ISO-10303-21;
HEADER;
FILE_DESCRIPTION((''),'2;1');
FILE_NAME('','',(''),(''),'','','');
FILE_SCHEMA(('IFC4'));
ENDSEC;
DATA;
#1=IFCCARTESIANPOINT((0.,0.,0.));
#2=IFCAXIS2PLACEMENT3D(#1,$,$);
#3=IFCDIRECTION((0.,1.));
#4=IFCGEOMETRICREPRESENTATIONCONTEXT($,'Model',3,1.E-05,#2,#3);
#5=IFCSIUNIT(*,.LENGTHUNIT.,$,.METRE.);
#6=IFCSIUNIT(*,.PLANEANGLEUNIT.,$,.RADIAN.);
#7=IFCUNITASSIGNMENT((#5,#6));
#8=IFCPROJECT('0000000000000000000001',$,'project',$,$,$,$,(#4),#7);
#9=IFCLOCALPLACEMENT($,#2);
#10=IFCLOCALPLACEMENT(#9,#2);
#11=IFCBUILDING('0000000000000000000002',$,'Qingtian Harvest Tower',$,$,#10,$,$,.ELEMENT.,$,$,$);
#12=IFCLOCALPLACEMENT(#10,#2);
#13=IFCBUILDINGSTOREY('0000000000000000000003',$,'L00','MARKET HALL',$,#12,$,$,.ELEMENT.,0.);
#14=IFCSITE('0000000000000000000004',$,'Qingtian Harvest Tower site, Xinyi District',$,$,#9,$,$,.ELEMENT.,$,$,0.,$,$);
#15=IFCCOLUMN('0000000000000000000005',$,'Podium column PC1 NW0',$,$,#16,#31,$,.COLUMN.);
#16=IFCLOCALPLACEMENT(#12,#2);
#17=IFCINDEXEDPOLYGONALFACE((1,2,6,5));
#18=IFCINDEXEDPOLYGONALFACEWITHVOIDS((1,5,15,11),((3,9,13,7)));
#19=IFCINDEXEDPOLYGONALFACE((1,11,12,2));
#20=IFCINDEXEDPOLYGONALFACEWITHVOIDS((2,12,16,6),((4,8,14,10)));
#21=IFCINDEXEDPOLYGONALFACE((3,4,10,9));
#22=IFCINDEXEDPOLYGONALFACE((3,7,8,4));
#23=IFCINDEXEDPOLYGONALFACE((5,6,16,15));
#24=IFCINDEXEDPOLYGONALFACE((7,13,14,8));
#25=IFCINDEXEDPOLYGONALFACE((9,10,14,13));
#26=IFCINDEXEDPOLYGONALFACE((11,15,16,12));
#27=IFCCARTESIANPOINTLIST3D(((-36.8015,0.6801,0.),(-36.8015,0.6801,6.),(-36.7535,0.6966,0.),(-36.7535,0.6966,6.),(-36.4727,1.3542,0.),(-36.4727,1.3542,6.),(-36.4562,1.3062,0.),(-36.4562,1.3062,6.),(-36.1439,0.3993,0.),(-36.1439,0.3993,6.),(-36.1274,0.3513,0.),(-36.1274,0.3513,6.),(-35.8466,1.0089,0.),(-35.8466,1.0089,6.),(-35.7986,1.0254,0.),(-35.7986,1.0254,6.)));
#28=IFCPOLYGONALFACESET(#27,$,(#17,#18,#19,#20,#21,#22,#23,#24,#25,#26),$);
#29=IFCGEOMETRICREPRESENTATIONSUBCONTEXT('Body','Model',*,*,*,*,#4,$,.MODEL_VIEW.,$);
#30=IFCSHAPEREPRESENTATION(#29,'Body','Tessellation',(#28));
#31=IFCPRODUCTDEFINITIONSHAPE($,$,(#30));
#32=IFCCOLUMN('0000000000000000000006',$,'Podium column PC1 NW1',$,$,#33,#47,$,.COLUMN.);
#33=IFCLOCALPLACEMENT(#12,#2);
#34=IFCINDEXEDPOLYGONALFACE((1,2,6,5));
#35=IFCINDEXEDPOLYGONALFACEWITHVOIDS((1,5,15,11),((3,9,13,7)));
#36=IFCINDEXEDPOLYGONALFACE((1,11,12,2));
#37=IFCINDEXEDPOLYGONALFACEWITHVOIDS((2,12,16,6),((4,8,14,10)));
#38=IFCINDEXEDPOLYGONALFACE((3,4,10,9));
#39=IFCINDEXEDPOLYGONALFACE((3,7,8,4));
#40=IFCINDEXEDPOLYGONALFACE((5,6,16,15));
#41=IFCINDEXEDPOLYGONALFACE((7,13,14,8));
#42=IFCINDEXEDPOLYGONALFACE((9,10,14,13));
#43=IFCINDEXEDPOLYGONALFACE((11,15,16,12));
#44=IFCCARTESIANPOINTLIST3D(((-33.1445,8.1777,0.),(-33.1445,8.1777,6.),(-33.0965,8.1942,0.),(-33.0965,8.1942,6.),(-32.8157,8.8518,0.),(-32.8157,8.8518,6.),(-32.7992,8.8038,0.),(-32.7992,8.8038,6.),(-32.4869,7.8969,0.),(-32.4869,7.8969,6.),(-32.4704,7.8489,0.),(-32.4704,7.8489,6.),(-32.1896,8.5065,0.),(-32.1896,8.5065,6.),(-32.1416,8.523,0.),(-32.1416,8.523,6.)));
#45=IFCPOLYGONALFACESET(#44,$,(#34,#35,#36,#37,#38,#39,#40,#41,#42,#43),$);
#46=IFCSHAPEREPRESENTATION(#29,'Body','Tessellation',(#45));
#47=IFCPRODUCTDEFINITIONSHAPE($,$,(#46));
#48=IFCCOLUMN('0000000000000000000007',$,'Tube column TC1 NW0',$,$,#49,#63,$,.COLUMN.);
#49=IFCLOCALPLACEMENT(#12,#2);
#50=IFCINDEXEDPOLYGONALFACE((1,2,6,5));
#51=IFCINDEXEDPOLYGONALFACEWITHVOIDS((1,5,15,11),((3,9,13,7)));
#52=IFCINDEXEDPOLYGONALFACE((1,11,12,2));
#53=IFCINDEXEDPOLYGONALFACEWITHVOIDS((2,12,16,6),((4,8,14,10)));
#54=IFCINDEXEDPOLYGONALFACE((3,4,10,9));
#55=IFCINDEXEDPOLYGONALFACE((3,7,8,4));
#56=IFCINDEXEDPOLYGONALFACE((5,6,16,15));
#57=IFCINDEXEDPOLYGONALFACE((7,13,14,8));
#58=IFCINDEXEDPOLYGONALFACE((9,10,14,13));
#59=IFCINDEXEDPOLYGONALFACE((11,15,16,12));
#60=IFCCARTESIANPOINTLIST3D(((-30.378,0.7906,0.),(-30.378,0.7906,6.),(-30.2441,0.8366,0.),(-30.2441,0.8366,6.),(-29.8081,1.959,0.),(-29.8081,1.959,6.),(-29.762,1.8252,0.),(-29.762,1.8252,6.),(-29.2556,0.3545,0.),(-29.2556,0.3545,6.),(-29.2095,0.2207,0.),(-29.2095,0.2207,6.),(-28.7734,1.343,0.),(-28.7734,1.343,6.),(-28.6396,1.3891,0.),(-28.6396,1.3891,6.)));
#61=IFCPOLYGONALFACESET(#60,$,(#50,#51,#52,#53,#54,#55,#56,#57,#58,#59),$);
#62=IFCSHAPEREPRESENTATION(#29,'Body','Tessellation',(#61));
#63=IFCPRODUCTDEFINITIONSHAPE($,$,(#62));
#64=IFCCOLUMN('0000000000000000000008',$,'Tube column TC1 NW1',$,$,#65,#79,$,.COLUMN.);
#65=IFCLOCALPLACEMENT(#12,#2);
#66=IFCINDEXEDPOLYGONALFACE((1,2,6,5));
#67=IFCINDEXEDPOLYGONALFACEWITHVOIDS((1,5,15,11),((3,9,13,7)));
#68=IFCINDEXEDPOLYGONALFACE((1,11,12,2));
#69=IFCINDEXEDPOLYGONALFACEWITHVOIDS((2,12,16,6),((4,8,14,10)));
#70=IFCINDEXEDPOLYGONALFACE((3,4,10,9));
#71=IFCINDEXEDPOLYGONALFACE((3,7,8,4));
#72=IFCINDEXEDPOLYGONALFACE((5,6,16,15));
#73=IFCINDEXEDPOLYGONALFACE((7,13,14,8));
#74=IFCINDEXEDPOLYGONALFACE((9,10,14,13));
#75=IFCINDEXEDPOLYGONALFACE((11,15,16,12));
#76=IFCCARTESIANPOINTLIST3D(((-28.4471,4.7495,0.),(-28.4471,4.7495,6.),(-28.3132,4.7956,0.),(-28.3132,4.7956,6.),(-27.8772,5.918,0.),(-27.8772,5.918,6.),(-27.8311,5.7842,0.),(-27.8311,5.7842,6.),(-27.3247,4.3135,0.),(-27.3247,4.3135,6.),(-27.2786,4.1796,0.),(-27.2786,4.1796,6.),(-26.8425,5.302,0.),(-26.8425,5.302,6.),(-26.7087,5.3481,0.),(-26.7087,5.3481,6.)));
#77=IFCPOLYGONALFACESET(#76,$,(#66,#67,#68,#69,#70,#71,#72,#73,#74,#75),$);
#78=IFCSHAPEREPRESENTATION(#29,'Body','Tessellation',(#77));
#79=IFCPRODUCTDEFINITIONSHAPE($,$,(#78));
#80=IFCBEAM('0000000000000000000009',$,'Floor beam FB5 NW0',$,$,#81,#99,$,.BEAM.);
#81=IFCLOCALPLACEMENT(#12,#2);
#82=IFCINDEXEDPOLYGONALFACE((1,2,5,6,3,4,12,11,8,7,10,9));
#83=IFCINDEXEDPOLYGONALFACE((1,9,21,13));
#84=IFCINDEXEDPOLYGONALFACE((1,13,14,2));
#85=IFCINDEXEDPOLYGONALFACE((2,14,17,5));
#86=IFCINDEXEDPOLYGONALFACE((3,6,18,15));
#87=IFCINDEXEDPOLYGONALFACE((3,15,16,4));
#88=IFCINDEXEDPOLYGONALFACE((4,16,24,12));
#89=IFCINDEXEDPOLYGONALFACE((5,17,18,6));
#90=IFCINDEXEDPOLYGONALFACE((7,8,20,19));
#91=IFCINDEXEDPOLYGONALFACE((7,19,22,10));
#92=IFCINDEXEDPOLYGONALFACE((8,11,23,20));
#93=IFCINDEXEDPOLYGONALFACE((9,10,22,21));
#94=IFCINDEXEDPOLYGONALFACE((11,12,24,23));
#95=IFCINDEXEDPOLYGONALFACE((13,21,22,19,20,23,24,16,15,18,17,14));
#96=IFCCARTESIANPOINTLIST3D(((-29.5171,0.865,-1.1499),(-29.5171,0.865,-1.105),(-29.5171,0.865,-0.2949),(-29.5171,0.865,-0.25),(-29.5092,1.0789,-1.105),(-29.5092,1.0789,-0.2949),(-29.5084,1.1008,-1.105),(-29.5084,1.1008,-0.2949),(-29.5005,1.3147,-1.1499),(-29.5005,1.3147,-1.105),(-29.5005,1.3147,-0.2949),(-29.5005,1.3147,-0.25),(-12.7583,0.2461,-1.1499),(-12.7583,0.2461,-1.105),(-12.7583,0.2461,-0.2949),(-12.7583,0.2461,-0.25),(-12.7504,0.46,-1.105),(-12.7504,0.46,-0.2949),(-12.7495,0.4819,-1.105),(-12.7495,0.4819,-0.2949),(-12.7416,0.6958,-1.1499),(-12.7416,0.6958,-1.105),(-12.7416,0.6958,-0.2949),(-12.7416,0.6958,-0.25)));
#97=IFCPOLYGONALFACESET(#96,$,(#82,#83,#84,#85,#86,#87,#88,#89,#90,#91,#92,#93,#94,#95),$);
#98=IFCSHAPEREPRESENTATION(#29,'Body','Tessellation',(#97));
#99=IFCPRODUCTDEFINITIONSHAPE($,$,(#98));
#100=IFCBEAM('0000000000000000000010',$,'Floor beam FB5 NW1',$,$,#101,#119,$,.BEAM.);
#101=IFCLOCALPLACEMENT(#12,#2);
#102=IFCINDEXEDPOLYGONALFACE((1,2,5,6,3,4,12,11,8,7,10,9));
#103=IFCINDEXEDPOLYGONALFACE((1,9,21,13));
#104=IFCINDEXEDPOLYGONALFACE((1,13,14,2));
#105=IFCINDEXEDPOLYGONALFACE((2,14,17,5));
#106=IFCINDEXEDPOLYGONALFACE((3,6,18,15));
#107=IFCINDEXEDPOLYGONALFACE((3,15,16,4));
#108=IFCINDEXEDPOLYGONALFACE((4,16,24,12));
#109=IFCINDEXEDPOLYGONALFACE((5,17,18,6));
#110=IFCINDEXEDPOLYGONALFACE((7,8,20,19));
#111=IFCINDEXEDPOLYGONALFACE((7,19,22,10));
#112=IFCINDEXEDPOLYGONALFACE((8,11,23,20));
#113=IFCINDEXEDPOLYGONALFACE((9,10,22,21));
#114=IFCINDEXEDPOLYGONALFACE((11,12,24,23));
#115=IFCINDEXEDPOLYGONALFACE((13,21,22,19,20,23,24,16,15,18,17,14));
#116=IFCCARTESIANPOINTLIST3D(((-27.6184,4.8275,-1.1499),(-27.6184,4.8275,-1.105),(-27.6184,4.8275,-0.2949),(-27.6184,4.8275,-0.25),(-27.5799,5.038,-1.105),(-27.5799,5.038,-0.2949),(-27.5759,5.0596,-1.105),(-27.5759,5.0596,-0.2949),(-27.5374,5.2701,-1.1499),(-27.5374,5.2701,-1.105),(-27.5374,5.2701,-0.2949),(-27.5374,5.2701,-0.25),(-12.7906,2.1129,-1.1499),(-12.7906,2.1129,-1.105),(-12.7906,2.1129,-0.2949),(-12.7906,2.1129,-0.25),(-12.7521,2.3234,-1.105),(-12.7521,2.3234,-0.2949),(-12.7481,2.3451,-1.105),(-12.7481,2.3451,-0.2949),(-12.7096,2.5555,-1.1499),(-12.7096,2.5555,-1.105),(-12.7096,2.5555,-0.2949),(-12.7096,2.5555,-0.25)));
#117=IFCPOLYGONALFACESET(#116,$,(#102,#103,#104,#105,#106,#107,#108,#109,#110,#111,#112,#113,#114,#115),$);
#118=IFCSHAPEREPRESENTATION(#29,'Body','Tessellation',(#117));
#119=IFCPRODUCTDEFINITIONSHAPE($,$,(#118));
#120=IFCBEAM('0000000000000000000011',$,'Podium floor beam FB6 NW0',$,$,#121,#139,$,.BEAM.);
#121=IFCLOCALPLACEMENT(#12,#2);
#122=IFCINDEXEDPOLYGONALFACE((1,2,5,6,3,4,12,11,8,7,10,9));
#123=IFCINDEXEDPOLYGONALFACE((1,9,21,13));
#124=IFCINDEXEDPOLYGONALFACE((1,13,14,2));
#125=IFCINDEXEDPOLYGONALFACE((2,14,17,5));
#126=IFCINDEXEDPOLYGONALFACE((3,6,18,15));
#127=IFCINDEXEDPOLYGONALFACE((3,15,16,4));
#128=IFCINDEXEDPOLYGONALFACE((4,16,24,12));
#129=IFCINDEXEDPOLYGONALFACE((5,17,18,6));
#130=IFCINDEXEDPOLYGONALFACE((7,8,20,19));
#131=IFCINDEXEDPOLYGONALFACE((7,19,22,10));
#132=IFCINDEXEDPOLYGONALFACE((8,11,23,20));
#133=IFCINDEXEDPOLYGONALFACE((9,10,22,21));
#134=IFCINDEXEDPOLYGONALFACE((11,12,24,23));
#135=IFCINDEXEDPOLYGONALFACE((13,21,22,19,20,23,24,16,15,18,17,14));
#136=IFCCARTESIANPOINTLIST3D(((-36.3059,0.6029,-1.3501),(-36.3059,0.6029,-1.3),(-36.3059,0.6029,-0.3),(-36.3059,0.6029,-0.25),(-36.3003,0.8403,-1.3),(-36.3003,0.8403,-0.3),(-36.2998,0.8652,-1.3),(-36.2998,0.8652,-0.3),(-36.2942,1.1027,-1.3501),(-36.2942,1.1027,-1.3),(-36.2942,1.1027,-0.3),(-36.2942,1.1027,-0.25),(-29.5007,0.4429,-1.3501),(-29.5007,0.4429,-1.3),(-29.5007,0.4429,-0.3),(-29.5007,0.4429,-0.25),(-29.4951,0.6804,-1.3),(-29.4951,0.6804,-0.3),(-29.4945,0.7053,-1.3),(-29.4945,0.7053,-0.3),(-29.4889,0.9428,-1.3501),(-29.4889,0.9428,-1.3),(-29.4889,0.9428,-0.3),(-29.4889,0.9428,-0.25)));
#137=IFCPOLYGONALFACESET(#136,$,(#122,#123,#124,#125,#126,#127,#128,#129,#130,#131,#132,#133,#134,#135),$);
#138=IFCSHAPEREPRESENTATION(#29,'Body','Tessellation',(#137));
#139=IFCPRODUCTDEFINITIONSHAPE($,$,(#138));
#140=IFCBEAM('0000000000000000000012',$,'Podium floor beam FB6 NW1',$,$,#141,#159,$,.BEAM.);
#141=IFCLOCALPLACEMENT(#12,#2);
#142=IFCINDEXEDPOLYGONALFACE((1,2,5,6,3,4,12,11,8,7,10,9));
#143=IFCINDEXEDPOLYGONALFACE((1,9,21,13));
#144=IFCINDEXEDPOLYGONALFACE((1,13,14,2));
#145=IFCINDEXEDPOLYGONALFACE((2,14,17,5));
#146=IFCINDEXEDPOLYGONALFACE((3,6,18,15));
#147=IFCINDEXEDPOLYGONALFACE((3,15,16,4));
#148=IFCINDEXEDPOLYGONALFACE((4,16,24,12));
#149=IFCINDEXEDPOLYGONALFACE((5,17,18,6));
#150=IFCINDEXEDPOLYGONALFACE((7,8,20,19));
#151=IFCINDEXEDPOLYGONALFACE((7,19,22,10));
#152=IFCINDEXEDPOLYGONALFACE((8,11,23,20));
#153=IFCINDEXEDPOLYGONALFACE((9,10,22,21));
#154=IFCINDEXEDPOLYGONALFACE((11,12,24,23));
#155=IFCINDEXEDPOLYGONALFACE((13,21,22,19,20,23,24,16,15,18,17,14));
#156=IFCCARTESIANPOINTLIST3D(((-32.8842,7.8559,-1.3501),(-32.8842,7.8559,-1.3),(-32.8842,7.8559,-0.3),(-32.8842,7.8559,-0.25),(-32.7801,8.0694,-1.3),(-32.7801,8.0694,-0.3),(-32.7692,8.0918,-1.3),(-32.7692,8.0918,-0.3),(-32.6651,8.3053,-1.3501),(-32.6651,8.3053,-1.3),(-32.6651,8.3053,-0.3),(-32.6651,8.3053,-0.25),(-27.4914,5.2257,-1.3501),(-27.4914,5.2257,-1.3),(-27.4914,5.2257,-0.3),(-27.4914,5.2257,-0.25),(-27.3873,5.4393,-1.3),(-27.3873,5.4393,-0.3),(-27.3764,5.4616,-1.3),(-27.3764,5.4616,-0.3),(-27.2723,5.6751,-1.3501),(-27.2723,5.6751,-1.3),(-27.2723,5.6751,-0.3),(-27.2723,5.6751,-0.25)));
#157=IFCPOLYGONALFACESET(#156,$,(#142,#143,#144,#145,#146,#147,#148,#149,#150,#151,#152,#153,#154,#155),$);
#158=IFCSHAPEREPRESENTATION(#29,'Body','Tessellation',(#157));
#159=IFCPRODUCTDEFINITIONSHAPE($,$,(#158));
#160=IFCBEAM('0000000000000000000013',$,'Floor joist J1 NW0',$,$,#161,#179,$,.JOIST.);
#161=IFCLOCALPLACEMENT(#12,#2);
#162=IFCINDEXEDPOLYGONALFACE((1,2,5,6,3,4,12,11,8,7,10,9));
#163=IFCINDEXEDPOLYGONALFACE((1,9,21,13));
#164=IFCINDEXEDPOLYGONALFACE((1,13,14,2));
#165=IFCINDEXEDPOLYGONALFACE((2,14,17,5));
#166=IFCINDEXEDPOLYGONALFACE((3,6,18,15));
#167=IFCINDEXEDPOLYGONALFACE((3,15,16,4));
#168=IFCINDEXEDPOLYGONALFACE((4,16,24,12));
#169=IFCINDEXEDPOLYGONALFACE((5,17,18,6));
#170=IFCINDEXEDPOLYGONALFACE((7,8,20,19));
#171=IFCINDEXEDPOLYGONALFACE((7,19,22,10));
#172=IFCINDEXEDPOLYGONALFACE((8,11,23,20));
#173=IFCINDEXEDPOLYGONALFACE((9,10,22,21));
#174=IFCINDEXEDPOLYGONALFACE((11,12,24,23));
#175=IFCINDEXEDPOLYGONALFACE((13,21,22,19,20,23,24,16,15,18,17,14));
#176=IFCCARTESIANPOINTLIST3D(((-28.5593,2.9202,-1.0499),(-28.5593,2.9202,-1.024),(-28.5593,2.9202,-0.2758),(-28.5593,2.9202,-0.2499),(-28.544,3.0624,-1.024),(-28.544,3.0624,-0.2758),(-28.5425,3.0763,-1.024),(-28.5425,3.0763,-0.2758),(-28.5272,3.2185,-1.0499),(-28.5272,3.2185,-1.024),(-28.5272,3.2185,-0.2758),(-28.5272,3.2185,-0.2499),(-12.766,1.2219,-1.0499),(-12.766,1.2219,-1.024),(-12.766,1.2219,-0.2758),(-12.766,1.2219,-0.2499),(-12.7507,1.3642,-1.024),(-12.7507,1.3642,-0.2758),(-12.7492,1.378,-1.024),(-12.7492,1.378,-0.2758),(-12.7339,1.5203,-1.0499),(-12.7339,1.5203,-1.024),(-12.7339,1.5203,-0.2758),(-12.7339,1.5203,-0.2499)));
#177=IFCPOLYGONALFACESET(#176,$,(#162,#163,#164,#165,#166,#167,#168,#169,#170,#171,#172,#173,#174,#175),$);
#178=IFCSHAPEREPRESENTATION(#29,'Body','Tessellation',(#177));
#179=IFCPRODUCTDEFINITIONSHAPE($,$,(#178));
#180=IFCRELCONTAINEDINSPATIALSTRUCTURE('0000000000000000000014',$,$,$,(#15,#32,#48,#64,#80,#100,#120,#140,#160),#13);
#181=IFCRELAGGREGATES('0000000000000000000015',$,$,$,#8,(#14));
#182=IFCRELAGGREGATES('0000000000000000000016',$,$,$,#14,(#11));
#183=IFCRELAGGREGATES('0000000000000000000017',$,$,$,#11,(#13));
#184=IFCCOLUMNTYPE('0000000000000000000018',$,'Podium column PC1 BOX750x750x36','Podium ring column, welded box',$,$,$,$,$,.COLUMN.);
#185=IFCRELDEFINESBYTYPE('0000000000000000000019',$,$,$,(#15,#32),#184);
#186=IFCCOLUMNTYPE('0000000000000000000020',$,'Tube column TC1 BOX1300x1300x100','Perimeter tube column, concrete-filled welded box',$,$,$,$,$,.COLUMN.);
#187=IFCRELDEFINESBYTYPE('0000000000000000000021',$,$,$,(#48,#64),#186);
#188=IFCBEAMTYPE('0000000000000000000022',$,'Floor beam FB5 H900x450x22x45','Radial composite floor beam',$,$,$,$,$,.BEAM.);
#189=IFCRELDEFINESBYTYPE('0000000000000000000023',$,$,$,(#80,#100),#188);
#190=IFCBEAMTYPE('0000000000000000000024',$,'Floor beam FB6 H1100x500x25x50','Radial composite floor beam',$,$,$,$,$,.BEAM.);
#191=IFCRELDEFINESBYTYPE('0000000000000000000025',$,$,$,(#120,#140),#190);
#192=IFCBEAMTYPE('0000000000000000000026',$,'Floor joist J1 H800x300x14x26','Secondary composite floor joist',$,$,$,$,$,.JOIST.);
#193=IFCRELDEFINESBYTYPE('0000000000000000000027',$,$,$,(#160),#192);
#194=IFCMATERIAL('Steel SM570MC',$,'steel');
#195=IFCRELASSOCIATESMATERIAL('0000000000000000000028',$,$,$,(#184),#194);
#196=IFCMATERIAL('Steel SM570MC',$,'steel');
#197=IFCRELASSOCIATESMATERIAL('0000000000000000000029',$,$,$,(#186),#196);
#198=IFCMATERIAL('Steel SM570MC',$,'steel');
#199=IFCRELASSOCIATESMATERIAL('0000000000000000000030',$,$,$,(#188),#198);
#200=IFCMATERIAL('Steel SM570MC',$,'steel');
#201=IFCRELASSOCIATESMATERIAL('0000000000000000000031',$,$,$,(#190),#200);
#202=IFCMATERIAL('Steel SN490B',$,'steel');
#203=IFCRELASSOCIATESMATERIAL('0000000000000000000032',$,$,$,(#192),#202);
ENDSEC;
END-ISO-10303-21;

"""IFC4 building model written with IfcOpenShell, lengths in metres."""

from ifc_helpers import new_model, si_unit, direction, frame, origin, origin_2d, place, context, subcontext, project, spatial, hollow_rectangle, i_section, extrude, material, material_profile, profile_set, type_object, element, save


model = new_model("IFC4")

# Units and contexts
model_context = context("Model", 3, precision=1e-05, world=origin(), true_north=direction((0.0, 1.0)))
body_context = subcontext(model_context, "Body", "Model", "MODEL_VIEW")
ifc_project = project(units=[si_unit("LENGTHUNIT", "METRE"), si_unit("PLANEANGLEUNIT", "RADIAN")], contexts=[model_context])

# Site, building, storey
site_placement = place(None, origin())
site = spatial("IfcSite", under=ifc_project, at=site_placement, Name="Qingtian Harvest Tower site, Xinyi District", CompositionType="ELEMENT", RefElevation=0.0)
building_placement = place(site_placement, origin())
building = spatial("IfcBuilding", under=site, at=building_placement, Name="Qingtian Harvest Tower", CompositionType="ELEMENT")
storey_placement = place(building_placement, origin())
storey = spatial("IfcBuildingStorey", under=building, at=storey_placement, Name="L00", Description="MARKET HALL", CompositionType="ELEMENT", Elevation=0.0)

# Columns
ifc_material_1 = material(Name="Steel SM570MC", Category="steel")
ifc_material_profile_1 = material_profile(ifc_material_1, hollow_rectangle(XDim=0.75, YDim=0.75, WallThickness=0.0359, at=origin_2d()), Name="BOX750x750x36")
ifc_profile_set_1 = profile_set([ifc_material_profile_1], Name="Steel SM570MC")
column_type_1 = type_object("IfcColumnType", Name="Podium column PC1 BOX750x750x36", Description="Podium ring column, welded box", PredefinedType="COLUMN", material=ifc_profile_set_1)
for number, where, z_axis, x_axis, name in (
    (1, (-36.3, 0.8528, 0.0), (0.0, 0.0, 1.0), (-0.438371, -0.898794, 0.0), "Podium column PC1 NW0"),
    (2, (-32.6431, 8.3503, 0.0), (0.0, 0.0, 1.0), (-0.438371, -0.898794, 0.0), "Podium column PC1 NW1"),
):
    element("IfcColumn", number, at=place(storey_placement, frame(where, z_axis=z_axis, x_axis=x_axis)), inside=storey, type_object=column_type_1, Name=name, PredefinedType="COLUMN", context=body_context, shape_type="SweptSolid", body=[
        extrude(hollow_rectangle(XDim=0.75, YDim=0.75, WallThickness=0.0359, at=origin_2d()), origin(), (0.0, 0.0, 1.0), 6.0),
    ])
ifc_material_2 = material(Name="Steel SM570MC", Category="steel")
ifc_material_profile_2 = material_profile(ifc_material_2, hollow_rectangle(XDim=1.3, YDim=1.3, WallThickness=0.1001, at=origin_2d()), Name="BOX1300x1300x100")
ifc_profile_set_2 = profile_set([ifc_material_profile_2], Name="Steel SM570MC")
column_type_2 = type_object("IfcColumnType", Name="Tube column TC1 BOX1300x1300x100", Description="Perimeter tube column, concrete-filled welded box", PredefinedType="COLUMN", material=ifc_profile_set_2)
for number, where, z_axis, x_axis, name in (
    (3, (-29.5088, 1.0898, 0.0), (0.0, 0.0, 1.0), (-0.438371, -0.898794, 0.0), "Tube column TC1 NW0"),
    (4, (-27.5779, 5.0488, 0.0), (0.0, 0.0, 1.0), (-0.438371, -0.898794, 0.0), "Tube column TC1 NW1"),
):
    element("IfcColumn", number, at=place(storey_placement, frame(where, z_axis=z_axis, x_axis=x_axis)), inside=storey, type_object=column_type_2, Name=name, PredefinedType="COLUMN", context=body_context, shape_type="SweptSolid", body=[
        extrude(hollow_rectangle(XDim=1.3, YDim=1.3, WallThickness=0.1001, at=origin_2d()), origin(), (0.0, 0.0, 1.0), 6.0),
    ])

# Beams
ifc_material_3 = material(Name="Steel SM570MC", Category="steel")
ifc_material_profile_3 = material_profile(ifc_material_3, i_section(OverallWidth=0.45, OverallDepth=0.8999, WebThickness=0.022, FlangeThickness=0.0449, at=origin_2d()), Name="H900x450x22x45")
ifc_profile_set_3 = profile_set([ifc_material_profile_3], Name="Steel SM570MC")
beam_type_1 = type_object("IfcBeamType", Name="Floor beam FB5 H900x450x22x45", Description="Radial composite floor beam", PredefinedType="BEAM", material=ifc_profile_set_3)
beam_1_placement = place(storey_placement, frame((-29.5088, 1.0898, -0.7), z_axis=(0.999319, -0.036905, 0.0), x_axis=(0.036905, 0.999319, 0.0)))
element("IfcBeam", 5, at=beam_1_placement, inside=storey, type_object=beam_type_1, Name="Floor beam FB5 NW0", PredefinedType="BEAM", context=body_context, shape_type="SweptSolid", body=[
    extrude(i_section(OverallWidth=0.45, OverallDepth=0.8999, WebThickness=0.022, FlangeThickness=0.0449, at=origin_2d()), origin(), (0.0, 0.0, 1.0), 16.7703),
])
beam_2_placement = place(storey_placement, frame((-27.5779, 5.0488, -0.7), z_axis=(0.983652, -0.180081, 0.0), x_axis=(0.180081, 0.983652, 0.0)))
element("IfcBeam", 6, at=beam_2_placement, inside=storey, type_object=beam_type_1, Name="Floor beam FB5 NW1", PredefinedType="BEAM", context=body_context, shape_type="SweptSolid", body=[
    extrude(i_section(OverallWidth=0.45, OverallDepth=0.8999, WebThickness=0.022, FlangeThickness=0.0449, at=origin_2d()), origin(), (0.0, 0.0, 1.0), 15.0742),
])
ifc_material_4 = material(Name="Steel SM570MC", Category="steel")
ifc_material_profile_4 = material_profile(ifc_material_4, i_section(OverallWidth=0.5, OverallDepth=1.1001, WebThickness=0.0249, FlangeThickness=0.05, at=origin_2d()), Name="H1100x500x25x50")
ifc_profile_set_4 = profile_set([ifc_material_profile_4], Name="Steel SM570MC")
beam_type_2 = type_object("IfcBeamType", Name="Floor beam FB6 H1100x500x25x50", Description="Radial composite floor beam", PredefinedType="BEAM", material=ifc_profile_set_4)
beam_3_placement = place(storey_placement, frame((-36.3, 0.8528, -0.8), z_axis=(0.999724, -0.023492, 0.0), x_axis=(0.023492, 0.999724, 0.0)))
element("IfcBeam", 7, at=beam_3_placement, inside=storey, type_object=beam_type_2, Name="Podium floor beam FB6 NW0", PredefinedType="BEAM", context=body_context, shape_type="SweptSolid", body=[
    extrude(i_section(OverallWidth=0.5, OverallDepth=1.1001, WebThickness=0.0249, FlangeThickness=0.05, at=origin_2d()), origin(), (0.0, 0.0, 1.0), 6.8071),
])
beam_4_placement = place(storey_placement, frame((-32.7747, 8.0806, -0.8), z_axis=(0.898802, -0.438354, 0.0), x_axis=(0.438354, 0.898802, 0.0)))
element("IfcBeam", 8, at=beam_4_placement, inside=storey, type_object=beam_type_2, Name="Podium floor beam FB6 NW1", PredefinedType="BEAM", context=body_context, shape_type="SweptSolid", body=[
    extrude(i_section(OverallWidth=0.5, OverallDepth=1.1001, WebThickness=0.0249, FlangeThickness=0.05, at=origin_2d()), origin(), (0.0, 0.0, 1.0), 6.0),
])
ifc_material_5 = material(Name="Steel SN490B", Category="steel")
ifc_material_profile_5 = material_profile(ifc_material_5, i_section(OverallWidth=0.3, OverallDepth=0.8, WebThickness=0.0139, FlangeThickness=0.0259, at=origin_2d()), Name="H800x300x14x26")
ifc_profile_set_5 = profile_set([ifc_material_profile_5], Name="Steel SN490B")
beam_type_3 = type_object("IfcBeamType", Name="Floor joist J1 H800x300x14x26", Description="Secondary composite floor joist", PredefinedType="JOIST", material=ifc_profile_set_5)
beam_5_placement = place(storey_placement, frame((-28.5432, 3.0693, -0.6499), z_axis=(0.994268, -0.106914, 0.0), x_axis=(0.106914, 0.994268, 0.0)))
element("IfcBeam", 9, at=beam_5_placement, inside=storey, type_object=beam_type_3, Name="Floor joist J1 NW0", PredefinedType="JOIST", context=body_context, shape_type="SweptSolid", body=[
    extrude(i_section(OverallWidth=0.3, OverallDepth=0.8, WebThickness=0.0139, FlangeThickness=0.0259, at=origin_2d()), origin(), (0.0, 0.0, 1.0), 15.8843),
])

save(model, "model.ifc")
